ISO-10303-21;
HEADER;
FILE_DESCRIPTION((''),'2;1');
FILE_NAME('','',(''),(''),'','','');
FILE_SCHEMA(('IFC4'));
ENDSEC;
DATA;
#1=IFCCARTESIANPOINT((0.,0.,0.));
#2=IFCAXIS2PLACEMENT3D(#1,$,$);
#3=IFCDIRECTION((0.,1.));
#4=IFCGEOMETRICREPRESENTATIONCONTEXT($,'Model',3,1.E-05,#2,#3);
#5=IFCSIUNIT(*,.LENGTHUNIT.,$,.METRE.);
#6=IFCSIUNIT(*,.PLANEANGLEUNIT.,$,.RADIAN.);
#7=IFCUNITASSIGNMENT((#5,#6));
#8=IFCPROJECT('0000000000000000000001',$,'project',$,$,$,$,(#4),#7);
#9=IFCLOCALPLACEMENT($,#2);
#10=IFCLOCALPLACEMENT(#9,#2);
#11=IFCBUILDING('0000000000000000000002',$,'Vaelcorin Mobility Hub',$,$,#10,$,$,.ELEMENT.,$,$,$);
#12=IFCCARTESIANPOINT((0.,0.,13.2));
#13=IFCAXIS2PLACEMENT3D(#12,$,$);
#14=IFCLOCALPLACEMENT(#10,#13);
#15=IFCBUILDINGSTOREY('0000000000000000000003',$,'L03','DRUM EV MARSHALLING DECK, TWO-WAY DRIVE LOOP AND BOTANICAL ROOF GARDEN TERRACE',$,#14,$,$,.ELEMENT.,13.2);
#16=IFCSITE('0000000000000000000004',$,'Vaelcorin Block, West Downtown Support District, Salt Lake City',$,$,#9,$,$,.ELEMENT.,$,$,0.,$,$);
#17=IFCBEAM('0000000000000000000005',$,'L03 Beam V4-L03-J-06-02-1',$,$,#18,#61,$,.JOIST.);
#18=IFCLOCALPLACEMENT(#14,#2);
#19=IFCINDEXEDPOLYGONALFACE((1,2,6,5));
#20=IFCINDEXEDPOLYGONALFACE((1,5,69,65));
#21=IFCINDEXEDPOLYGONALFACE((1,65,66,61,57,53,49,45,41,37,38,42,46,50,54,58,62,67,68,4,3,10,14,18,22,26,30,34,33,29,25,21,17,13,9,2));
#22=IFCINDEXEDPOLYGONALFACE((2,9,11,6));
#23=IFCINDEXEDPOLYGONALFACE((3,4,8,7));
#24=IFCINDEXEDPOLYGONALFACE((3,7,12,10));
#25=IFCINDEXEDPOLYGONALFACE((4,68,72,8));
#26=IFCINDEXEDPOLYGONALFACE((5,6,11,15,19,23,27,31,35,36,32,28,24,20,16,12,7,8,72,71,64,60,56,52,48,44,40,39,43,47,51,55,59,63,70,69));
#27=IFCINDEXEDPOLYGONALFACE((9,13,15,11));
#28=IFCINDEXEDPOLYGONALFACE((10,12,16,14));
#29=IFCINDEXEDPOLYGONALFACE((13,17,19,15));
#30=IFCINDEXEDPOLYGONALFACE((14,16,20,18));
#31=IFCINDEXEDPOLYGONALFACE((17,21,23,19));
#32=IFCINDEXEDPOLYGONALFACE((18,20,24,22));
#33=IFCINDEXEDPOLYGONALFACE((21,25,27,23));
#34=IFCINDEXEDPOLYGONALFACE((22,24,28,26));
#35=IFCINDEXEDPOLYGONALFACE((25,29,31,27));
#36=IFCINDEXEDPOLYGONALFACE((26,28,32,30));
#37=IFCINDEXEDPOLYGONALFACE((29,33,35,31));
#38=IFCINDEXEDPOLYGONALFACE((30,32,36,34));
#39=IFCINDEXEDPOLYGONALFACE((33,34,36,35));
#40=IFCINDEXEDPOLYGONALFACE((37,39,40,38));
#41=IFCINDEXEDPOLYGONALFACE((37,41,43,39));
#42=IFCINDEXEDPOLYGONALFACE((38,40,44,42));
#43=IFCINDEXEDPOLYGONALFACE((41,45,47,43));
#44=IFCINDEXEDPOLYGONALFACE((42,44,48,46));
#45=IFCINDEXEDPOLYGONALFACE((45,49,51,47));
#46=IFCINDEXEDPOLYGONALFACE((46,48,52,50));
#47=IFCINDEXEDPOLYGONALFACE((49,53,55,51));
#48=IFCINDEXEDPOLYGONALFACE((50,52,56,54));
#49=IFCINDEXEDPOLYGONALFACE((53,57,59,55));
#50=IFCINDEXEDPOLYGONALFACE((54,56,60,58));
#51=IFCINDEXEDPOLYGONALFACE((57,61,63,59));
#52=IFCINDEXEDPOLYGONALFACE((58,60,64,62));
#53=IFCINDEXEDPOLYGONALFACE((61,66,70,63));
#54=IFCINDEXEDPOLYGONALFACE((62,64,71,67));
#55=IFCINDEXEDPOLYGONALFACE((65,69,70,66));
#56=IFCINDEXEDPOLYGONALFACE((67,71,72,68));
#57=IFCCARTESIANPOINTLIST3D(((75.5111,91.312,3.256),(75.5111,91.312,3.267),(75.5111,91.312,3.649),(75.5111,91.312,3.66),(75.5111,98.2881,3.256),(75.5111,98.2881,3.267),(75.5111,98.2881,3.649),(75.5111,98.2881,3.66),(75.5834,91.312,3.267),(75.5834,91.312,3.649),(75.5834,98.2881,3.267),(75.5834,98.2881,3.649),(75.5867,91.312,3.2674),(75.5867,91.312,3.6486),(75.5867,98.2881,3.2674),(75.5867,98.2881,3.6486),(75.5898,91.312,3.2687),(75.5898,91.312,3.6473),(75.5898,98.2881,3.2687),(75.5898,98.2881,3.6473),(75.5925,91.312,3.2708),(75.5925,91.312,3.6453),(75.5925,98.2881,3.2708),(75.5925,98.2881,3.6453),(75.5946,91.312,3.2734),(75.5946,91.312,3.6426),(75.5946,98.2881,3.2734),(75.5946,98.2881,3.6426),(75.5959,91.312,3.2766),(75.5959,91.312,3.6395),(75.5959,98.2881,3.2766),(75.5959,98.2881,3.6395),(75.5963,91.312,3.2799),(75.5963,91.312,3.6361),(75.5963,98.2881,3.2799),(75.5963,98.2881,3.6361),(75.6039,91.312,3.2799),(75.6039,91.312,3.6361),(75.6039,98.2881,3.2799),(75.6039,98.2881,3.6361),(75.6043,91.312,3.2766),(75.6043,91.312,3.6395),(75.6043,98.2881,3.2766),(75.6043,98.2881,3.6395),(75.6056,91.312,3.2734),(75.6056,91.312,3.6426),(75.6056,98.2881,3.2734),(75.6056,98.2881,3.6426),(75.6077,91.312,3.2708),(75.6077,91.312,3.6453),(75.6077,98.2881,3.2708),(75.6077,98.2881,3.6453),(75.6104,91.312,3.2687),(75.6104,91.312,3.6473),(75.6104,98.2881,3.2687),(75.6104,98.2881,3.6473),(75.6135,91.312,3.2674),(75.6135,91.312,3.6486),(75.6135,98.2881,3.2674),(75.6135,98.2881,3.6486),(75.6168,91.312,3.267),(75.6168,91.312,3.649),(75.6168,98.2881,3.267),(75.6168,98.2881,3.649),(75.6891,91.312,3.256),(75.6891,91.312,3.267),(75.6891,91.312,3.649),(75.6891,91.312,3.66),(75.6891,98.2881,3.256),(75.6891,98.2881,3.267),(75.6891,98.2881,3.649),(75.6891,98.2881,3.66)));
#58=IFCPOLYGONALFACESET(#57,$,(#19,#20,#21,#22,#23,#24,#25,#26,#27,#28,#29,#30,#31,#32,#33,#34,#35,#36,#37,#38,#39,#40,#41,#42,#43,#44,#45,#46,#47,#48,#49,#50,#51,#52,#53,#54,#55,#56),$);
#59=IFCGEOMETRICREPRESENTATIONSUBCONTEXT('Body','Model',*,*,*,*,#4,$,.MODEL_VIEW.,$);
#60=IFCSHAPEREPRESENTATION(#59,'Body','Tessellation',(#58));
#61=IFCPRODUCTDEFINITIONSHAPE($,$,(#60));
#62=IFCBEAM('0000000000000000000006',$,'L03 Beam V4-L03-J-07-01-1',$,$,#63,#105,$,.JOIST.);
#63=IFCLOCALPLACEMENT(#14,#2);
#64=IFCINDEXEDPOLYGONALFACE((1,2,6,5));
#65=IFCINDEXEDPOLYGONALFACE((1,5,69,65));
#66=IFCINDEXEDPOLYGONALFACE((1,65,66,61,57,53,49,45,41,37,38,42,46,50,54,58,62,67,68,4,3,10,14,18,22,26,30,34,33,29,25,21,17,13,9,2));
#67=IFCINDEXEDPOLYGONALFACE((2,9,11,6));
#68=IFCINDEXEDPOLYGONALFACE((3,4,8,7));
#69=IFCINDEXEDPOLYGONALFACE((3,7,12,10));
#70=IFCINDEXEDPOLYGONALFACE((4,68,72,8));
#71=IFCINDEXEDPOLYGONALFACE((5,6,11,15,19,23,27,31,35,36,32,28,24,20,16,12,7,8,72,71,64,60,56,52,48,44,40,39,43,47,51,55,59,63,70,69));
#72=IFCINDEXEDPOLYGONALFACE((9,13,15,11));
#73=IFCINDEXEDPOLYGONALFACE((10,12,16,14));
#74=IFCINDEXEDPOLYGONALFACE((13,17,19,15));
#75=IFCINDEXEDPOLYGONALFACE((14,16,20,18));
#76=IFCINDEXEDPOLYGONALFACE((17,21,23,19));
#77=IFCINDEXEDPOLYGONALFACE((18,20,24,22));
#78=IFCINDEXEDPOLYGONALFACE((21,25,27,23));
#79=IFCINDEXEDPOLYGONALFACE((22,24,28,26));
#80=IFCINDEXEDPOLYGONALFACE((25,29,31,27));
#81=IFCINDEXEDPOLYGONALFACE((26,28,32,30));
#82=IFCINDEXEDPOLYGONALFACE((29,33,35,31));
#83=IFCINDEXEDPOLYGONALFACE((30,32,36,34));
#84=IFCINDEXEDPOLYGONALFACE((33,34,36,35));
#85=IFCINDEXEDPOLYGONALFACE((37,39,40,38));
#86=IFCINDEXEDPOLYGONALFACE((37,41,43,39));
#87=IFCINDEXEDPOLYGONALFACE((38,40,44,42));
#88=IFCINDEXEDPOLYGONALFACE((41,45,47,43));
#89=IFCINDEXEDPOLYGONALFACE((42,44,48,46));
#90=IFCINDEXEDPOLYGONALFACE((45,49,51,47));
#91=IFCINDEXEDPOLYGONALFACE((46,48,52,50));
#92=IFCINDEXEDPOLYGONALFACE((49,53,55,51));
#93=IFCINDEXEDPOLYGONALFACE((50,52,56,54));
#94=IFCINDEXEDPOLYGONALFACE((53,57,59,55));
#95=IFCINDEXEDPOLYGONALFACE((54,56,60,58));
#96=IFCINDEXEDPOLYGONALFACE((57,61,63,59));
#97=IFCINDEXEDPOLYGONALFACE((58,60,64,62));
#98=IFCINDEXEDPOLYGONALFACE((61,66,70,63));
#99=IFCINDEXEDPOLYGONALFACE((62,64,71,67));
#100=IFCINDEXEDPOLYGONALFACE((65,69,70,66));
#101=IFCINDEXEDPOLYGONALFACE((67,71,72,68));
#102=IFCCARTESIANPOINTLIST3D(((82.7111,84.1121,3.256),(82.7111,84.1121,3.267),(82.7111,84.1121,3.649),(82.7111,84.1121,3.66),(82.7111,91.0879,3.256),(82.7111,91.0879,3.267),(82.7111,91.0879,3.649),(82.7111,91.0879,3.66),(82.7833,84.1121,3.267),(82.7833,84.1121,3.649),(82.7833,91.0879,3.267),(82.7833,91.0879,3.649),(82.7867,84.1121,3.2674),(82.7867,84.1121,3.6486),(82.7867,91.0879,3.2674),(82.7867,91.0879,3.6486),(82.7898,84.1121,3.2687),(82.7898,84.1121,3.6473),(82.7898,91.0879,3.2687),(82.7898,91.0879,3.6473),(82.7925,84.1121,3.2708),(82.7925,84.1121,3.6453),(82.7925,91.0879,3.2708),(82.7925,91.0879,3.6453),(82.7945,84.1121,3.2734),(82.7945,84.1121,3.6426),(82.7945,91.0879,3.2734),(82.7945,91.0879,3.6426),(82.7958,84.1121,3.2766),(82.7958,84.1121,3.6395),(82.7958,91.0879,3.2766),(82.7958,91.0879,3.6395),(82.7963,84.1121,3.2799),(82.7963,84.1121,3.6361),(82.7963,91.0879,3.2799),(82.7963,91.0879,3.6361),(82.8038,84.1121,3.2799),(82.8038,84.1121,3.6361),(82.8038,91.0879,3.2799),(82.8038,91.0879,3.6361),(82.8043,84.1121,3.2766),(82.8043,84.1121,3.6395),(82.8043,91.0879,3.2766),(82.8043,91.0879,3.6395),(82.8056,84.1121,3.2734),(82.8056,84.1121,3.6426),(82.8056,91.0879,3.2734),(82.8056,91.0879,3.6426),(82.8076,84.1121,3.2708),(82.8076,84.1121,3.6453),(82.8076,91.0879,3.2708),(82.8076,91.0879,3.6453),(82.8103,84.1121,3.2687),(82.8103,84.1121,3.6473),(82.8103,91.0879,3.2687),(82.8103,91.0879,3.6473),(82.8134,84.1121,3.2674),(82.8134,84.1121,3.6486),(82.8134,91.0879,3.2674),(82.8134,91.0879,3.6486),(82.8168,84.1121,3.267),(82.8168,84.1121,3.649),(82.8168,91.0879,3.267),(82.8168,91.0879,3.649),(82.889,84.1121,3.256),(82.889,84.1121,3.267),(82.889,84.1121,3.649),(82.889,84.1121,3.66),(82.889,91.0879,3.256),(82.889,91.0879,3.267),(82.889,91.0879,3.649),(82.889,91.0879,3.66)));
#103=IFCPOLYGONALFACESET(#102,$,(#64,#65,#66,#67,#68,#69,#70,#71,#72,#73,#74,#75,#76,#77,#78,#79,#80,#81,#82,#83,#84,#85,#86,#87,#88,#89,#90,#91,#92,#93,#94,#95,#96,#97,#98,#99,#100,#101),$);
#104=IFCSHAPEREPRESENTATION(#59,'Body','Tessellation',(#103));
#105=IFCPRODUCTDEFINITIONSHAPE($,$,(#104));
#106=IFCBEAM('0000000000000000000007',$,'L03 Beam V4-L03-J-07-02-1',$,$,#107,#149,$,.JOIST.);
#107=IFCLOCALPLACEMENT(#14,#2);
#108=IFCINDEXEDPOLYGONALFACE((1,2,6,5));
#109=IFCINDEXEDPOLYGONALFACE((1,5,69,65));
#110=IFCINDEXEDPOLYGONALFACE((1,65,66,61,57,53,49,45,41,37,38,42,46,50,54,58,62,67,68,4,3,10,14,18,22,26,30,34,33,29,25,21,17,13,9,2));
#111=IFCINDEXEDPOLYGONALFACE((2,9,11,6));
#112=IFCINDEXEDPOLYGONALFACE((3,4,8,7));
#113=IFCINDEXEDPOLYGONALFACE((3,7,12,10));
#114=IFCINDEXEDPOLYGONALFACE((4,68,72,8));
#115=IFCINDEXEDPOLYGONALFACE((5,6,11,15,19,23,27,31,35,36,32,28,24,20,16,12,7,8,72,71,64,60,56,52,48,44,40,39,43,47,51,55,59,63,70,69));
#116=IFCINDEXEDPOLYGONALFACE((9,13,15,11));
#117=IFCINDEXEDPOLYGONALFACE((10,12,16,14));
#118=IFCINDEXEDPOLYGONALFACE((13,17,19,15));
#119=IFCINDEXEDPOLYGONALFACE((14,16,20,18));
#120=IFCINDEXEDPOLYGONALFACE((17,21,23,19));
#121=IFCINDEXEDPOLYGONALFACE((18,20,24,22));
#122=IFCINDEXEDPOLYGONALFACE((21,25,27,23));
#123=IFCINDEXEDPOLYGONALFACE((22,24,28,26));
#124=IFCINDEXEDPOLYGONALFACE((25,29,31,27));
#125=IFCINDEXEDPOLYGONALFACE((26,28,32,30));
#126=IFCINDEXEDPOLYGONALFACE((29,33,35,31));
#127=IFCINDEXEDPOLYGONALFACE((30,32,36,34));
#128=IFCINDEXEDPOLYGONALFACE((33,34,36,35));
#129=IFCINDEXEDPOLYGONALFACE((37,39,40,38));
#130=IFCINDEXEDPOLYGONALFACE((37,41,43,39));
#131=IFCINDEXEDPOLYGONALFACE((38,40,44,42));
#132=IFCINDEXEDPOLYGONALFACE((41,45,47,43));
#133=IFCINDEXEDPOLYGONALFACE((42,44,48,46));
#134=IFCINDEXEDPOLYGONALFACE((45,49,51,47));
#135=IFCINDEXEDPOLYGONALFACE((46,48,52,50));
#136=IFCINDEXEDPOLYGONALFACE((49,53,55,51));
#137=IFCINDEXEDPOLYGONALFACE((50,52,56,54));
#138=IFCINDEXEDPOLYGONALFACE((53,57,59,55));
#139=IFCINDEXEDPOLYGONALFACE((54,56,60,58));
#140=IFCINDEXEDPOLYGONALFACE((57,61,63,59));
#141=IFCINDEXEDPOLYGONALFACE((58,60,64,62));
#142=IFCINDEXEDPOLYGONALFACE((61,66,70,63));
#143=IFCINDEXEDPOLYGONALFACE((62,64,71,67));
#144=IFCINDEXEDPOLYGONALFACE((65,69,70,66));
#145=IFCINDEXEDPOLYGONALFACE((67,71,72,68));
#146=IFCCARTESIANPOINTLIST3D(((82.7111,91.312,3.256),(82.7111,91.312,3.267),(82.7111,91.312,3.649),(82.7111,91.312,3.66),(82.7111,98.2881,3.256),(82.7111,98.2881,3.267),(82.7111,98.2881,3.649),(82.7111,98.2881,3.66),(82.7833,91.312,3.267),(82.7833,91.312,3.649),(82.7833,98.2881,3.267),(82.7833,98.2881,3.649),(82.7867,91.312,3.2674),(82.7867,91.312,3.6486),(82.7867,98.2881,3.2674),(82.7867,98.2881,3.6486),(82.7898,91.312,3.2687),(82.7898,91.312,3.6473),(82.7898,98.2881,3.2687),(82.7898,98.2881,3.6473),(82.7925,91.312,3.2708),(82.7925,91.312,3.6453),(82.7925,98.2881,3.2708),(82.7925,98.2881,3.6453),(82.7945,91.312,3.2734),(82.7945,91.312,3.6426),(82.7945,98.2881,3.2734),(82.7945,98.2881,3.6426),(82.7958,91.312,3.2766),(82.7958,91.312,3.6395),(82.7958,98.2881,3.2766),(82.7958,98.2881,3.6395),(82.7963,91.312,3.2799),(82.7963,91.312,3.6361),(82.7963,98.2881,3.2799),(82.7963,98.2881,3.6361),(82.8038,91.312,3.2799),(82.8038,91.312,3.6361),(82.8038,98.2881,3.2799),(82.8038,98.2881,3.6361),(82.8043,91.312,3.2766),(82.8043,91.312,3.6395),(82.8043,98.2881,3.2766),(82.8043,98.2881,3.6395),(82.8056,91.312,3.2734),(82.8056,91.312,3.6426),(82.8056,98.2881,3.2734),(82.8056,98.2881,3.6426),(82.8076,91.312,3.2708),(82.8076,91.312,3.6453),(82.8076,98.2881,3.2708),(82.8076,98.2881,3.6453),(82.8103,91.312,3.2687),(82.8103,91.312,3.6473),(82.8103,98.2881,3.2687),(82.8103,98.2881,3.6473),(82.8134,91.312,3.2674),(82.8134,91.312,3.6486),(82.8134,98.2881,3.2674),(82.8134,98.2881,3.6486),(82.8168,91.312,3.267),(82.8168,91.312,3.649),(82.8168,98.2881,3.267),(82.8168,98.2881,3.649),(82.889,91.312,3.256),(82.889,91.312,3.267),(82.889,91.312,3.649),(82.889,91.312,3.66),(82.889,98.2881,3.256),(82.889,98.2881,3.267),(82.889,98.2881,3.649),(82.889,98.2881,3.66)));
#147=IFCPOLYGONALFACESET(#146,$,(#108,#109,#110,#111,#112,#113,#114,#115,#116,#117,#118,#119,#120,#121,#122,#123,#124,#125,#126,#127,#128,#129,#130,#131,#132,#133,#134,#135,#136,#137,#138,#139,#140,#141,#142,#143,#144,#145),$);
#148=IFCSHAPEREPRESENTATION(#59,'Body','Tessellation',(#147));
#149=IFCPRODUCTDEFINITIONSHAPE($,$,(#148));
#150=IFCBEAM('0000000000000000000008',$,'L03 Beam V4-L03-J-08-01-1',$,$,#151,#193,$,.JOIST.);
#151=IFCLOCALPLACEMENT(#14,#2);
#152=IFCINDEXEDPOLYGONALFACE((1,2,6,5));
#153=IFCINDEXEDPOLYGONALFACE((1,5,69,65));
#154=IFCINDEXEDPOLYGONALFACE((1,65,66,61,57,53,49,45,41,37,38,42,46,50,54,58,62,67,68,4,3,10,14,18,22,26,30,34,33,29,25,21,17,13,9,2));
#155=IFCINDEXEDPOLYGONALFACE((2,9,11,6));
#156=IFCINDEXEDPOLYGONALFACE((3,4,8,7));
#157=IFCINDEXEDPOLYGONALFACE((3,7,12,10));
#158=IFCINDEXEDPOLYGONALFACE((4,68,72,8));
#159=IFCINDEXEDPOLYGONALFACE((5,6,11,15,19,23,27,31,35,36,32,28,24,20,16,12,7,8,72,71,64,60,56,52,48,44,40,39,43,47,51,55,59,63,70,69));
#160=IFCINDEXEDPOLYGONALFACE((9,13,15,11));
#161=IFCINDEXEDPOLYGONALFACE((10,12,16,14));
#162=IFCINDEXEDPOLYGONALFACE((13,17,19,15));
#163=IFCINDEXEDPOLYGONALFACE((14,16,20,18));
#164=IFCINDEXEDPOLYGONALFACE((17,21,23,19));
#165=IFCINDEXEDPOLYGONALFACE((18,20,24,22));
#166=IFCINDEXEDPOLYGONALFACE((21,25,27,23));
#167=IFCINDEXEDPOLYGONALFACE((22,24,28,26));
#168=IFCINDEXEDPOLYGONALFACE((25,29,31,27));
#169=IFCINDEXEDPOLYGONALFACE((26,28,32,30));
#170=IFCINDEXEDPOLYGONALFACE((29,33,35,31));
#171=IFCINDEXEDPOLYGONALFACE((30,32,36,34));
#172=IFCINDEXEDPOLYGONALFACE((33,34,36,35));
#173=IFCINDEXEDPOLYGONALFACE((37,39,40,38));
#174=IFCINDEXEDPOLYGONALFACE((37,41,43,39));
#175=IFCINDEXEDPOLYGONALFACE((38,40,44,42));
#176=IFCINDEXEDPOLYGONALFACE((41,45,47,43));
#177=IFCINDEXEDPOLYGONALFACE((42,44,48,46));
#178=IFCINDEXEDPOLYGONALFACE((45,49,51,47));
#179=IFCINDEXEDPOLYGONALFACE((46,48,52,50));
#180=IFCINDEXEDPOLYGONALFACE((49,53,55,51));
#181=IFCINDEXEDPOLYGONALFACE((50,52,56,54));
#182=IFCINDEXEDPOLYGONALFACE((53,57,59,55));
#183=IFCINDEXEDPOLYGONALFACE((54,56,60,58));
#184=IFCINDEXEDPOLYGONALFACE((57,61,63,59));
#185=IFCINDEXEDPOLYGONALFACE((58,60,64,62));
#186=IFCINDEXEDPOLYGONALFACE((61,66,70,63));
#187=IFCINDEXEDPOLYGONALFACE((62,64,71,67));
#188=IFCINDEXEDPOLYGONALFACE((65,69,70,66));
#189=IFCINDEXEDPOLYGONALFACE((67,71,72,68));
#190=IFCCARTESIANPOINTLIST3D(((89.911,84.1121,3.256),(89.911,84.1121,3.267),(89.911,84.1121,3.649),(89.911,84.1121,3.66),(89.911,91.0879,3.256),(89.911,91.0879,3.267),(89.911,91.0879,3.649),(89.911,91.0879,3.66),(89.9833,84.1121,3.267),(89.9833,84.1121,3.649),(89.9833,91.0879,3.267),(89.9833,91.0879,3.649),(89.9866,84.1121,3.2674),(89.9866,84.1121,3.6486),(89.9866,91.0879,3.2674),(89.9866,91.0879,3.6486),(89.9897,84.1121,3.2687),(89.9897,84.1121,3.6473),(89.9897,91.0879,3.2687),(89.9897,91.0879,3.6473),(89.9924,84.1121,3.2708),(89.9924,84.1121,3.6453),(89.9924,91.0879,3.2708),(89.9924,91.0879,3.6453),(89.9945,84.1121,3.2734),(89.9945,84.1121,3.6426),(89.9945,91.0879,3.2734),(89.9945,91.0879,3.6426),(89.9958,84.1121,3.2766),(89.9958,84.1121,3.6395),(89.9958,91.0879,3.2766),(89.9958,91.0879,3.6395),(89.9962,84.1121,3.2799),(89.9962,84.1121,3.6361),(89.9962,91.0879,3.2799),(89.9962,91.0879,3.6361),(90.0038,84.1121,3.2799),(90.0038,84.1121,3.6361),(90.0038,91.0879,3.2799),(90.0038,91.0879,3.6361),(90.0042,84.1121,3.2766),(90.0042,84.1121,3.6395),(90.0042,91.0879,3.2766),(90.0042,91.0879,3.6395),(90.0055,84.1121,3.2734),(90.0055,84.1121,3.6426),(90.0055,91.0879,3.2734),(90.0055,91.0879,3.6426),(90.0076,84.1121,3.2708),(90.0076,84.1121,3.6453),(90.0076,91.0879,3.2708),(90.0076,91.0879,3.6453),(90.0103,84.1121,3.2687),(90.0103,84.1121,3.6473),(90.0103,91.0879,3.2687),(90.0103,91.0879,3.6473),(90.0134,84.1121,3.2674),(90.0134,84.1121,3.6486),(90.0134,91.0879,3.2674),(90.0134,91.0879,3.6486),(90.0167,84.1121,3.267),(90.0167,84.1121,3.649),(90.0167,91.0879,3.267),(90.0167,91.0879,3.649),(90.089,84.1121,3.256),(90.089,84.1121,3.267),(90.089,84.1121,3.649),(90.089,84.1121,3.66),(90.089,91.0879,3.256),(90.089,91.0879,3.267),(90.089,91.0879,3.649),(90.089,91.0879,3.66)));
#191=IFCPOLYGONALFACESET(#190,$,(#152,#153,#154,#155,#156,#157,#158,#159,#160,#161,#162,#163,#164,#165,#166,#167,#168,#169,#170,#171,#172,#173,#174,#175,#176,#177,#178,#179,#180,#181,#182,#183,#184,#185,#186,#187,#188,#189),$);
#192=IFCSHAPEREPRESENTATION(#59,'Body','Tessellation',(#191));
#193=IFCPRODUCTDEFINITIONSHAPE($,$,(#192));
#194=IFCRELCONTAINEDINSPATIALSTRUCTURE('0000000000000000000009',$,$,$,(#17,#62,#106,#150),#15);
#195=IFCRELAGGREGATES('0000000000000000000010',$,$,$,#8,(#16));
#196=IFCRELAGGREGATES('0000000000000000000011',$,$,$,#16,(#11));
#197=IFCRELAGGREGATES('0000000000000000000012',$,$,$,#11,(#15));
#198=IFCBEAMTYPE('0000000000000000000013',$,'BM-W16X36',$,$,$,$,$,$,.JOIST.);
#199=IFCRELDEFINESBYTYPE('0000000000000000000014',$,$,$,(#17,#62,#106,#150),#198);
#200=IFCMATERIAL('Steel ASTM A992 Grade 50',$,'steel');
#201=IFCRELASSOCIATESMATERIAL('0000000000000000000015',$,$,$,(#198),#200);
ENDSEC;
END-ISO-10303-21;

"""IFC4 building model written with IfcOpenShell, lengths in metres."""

from ifc_helpers import new_model, si_unit, direction, frame, origin, origin_2d, place, context, subcontext, project, spatial, i_section, extrude, material, material_profile, profile_set, type_object, element, save


model = new_model("IFC4")

# Units and contexts
model_context = context("Model", 3, precision=1e-05, world=origin(), true_north=direction((0.0, 1.0)))
body_context = subcontext(model_context, "Body", "Model", "MODEL_VIEW")
ifc_project = project(units=[si_unit("LENGTHUNIT", "METRE"), si_unit("PLANEANGLEUNIT", "RADIAN")], contexts=[model_context])

# Site, building, storey
site_placement = place(None, origin())
site = spatial("IfcSite", under=ifc_project, at=site_placement, Name="Vaelcorin Block, West Downtown Support District, Salt Lake City", CompositionType="ELEMENT", RefElevation=0.0)
building_placement = place(site_placement, origin())
building = spatial("IfcBuilding", under=site, at=building_placement, Name="Vaelcorin Mobility Hub", CompositionType="ELEMENT")
storey_placement = place(building_placement, frame((0.0, 0.0, 13.2)))
storey = spatial("IfcBuildingStorey", under=building, at=storey_placement, Name="L03", Description="DRUM EV MARSHALLING DECK, TWO-WAY DRIVE LOOP AND BOTANICAL ROOF GARDEN TERRACE", CompositionType="ELEMENT", Elevation=13.2)

# Shared definitions
ifc_material_1 = material(Name="Steel ASTM A992 Grade 50", Category="steel")

# Beams
ifc_material_profile_1 = material_profile(ifc_material_1, i_section(OverallWidth=0.178, OverallDepth=0.4041, WebThickness=0.0076, FlangeThickness=0.011, FilletRadius=0.0129, at=origin_2d()), Name="W16X36")
ifc_profile_set_1 = profile_set([ifc_material_profile_1], Name="Steel ASTM A992 Grade 50")
beam_type_1 = type_object("IfcBeamType", Name="BM-W16X36", PredefinedType="JOIST", material=ifc_profile_set_1)
beam_1_placement = place(storey_placement, frame((75.6001, 91.312, 3.458), z_axis=(0.0, 1.0, 0.0), x_axis=(-1.0, 0.0, 0.0)))
element("IfcBeam", 1, at=beam_1_placement, inside=storey, type_object=beam_type_1, Name="L03 Beam V4-L03-J-06-02-1", PredefinedType="JOIST", context=body_context, shape_type="SweptSolid", body=[
    extrude(i_section(OverallWidth=0.178, OverallDepth=0.4041, WebThickness=0.0076, FlangeThickness=0.011, FilletRadius=0.0129, at=origin_2d()), origin(), (0.0, 0.0, 1.0), 6.9761),
])
beam_2_placement = place(storey_placement, frame((82.8, 84.1121, 3.458), z_axis=(0.0, 1.0, 0.0), x_axis=(-1.0, 0.0, 0.0)))
element("IfcBeam", 2, at=beam_2_placement, inside=storey, type_object=beam_type_1, Name="L03 Beam V4-L03-J-07-01-1", PredefinedType="JOIST", context=body_context, shape_type="SweptSolid", body=[
    extrude(i_section(OverallWidth=0.178, OverallDepth=0.4041, WebThickness=0.0076, FlangeThickness=0.011, FilletRadius=0.0129, at=origin_2d()), origin(), (0.0, 0.0, 1.0), 6.9758),
])
beam_3_placement = place(storey_placement, frame((82.8, 91.312, 3.458), z_axis=(0.0, 1.0, 0.0), x_axis=(-1.0, 0.0, 0.0)))
element("IfcBeam", 3, at=beam_3_placement, inside=storey, type_object=beam_type_1, Name="L03 Beam V4-L03-J-07-02-1", PredefinedType="JOIST", context=body_context, shape_type="SweptSolid", body=[
    extrude(i_section(OverallWidth=0.178, OverallDepth=0.4041, WebThickness=0.0076, FlangeThickness=0.011, FilletRadius=0.0129, at=origin_2d()), origin(), (0.0, 0.0, 1.0), 6.9761),
])
beam_4_placement = place(storey_placement, frame((90.0, 84.1121, 3.458), z_axis=(0.0, 1.0, 0.0), x_axis=(-1.0, 0.0, 0.0)))
element("IfcBeam", 4, at=beam_4_placement, inside=storey, type_object=beam_type_1, Name="L03 Beam V4-L03-J-08-01-1", PredefinedType="JOIST", context=body_context, shape_type="SweptSolid", body=[
    extrude(i_section(OverallWidth=0.178, OverallDepth=0.4041, WebThickness=0.0076, FlangeThickness=0.011, FilletRadius=0.0129, at=origin_2d()), origin(), (0.0, 0.0, 1.0), 6.9758),
])

save(model, "model.ifc")
